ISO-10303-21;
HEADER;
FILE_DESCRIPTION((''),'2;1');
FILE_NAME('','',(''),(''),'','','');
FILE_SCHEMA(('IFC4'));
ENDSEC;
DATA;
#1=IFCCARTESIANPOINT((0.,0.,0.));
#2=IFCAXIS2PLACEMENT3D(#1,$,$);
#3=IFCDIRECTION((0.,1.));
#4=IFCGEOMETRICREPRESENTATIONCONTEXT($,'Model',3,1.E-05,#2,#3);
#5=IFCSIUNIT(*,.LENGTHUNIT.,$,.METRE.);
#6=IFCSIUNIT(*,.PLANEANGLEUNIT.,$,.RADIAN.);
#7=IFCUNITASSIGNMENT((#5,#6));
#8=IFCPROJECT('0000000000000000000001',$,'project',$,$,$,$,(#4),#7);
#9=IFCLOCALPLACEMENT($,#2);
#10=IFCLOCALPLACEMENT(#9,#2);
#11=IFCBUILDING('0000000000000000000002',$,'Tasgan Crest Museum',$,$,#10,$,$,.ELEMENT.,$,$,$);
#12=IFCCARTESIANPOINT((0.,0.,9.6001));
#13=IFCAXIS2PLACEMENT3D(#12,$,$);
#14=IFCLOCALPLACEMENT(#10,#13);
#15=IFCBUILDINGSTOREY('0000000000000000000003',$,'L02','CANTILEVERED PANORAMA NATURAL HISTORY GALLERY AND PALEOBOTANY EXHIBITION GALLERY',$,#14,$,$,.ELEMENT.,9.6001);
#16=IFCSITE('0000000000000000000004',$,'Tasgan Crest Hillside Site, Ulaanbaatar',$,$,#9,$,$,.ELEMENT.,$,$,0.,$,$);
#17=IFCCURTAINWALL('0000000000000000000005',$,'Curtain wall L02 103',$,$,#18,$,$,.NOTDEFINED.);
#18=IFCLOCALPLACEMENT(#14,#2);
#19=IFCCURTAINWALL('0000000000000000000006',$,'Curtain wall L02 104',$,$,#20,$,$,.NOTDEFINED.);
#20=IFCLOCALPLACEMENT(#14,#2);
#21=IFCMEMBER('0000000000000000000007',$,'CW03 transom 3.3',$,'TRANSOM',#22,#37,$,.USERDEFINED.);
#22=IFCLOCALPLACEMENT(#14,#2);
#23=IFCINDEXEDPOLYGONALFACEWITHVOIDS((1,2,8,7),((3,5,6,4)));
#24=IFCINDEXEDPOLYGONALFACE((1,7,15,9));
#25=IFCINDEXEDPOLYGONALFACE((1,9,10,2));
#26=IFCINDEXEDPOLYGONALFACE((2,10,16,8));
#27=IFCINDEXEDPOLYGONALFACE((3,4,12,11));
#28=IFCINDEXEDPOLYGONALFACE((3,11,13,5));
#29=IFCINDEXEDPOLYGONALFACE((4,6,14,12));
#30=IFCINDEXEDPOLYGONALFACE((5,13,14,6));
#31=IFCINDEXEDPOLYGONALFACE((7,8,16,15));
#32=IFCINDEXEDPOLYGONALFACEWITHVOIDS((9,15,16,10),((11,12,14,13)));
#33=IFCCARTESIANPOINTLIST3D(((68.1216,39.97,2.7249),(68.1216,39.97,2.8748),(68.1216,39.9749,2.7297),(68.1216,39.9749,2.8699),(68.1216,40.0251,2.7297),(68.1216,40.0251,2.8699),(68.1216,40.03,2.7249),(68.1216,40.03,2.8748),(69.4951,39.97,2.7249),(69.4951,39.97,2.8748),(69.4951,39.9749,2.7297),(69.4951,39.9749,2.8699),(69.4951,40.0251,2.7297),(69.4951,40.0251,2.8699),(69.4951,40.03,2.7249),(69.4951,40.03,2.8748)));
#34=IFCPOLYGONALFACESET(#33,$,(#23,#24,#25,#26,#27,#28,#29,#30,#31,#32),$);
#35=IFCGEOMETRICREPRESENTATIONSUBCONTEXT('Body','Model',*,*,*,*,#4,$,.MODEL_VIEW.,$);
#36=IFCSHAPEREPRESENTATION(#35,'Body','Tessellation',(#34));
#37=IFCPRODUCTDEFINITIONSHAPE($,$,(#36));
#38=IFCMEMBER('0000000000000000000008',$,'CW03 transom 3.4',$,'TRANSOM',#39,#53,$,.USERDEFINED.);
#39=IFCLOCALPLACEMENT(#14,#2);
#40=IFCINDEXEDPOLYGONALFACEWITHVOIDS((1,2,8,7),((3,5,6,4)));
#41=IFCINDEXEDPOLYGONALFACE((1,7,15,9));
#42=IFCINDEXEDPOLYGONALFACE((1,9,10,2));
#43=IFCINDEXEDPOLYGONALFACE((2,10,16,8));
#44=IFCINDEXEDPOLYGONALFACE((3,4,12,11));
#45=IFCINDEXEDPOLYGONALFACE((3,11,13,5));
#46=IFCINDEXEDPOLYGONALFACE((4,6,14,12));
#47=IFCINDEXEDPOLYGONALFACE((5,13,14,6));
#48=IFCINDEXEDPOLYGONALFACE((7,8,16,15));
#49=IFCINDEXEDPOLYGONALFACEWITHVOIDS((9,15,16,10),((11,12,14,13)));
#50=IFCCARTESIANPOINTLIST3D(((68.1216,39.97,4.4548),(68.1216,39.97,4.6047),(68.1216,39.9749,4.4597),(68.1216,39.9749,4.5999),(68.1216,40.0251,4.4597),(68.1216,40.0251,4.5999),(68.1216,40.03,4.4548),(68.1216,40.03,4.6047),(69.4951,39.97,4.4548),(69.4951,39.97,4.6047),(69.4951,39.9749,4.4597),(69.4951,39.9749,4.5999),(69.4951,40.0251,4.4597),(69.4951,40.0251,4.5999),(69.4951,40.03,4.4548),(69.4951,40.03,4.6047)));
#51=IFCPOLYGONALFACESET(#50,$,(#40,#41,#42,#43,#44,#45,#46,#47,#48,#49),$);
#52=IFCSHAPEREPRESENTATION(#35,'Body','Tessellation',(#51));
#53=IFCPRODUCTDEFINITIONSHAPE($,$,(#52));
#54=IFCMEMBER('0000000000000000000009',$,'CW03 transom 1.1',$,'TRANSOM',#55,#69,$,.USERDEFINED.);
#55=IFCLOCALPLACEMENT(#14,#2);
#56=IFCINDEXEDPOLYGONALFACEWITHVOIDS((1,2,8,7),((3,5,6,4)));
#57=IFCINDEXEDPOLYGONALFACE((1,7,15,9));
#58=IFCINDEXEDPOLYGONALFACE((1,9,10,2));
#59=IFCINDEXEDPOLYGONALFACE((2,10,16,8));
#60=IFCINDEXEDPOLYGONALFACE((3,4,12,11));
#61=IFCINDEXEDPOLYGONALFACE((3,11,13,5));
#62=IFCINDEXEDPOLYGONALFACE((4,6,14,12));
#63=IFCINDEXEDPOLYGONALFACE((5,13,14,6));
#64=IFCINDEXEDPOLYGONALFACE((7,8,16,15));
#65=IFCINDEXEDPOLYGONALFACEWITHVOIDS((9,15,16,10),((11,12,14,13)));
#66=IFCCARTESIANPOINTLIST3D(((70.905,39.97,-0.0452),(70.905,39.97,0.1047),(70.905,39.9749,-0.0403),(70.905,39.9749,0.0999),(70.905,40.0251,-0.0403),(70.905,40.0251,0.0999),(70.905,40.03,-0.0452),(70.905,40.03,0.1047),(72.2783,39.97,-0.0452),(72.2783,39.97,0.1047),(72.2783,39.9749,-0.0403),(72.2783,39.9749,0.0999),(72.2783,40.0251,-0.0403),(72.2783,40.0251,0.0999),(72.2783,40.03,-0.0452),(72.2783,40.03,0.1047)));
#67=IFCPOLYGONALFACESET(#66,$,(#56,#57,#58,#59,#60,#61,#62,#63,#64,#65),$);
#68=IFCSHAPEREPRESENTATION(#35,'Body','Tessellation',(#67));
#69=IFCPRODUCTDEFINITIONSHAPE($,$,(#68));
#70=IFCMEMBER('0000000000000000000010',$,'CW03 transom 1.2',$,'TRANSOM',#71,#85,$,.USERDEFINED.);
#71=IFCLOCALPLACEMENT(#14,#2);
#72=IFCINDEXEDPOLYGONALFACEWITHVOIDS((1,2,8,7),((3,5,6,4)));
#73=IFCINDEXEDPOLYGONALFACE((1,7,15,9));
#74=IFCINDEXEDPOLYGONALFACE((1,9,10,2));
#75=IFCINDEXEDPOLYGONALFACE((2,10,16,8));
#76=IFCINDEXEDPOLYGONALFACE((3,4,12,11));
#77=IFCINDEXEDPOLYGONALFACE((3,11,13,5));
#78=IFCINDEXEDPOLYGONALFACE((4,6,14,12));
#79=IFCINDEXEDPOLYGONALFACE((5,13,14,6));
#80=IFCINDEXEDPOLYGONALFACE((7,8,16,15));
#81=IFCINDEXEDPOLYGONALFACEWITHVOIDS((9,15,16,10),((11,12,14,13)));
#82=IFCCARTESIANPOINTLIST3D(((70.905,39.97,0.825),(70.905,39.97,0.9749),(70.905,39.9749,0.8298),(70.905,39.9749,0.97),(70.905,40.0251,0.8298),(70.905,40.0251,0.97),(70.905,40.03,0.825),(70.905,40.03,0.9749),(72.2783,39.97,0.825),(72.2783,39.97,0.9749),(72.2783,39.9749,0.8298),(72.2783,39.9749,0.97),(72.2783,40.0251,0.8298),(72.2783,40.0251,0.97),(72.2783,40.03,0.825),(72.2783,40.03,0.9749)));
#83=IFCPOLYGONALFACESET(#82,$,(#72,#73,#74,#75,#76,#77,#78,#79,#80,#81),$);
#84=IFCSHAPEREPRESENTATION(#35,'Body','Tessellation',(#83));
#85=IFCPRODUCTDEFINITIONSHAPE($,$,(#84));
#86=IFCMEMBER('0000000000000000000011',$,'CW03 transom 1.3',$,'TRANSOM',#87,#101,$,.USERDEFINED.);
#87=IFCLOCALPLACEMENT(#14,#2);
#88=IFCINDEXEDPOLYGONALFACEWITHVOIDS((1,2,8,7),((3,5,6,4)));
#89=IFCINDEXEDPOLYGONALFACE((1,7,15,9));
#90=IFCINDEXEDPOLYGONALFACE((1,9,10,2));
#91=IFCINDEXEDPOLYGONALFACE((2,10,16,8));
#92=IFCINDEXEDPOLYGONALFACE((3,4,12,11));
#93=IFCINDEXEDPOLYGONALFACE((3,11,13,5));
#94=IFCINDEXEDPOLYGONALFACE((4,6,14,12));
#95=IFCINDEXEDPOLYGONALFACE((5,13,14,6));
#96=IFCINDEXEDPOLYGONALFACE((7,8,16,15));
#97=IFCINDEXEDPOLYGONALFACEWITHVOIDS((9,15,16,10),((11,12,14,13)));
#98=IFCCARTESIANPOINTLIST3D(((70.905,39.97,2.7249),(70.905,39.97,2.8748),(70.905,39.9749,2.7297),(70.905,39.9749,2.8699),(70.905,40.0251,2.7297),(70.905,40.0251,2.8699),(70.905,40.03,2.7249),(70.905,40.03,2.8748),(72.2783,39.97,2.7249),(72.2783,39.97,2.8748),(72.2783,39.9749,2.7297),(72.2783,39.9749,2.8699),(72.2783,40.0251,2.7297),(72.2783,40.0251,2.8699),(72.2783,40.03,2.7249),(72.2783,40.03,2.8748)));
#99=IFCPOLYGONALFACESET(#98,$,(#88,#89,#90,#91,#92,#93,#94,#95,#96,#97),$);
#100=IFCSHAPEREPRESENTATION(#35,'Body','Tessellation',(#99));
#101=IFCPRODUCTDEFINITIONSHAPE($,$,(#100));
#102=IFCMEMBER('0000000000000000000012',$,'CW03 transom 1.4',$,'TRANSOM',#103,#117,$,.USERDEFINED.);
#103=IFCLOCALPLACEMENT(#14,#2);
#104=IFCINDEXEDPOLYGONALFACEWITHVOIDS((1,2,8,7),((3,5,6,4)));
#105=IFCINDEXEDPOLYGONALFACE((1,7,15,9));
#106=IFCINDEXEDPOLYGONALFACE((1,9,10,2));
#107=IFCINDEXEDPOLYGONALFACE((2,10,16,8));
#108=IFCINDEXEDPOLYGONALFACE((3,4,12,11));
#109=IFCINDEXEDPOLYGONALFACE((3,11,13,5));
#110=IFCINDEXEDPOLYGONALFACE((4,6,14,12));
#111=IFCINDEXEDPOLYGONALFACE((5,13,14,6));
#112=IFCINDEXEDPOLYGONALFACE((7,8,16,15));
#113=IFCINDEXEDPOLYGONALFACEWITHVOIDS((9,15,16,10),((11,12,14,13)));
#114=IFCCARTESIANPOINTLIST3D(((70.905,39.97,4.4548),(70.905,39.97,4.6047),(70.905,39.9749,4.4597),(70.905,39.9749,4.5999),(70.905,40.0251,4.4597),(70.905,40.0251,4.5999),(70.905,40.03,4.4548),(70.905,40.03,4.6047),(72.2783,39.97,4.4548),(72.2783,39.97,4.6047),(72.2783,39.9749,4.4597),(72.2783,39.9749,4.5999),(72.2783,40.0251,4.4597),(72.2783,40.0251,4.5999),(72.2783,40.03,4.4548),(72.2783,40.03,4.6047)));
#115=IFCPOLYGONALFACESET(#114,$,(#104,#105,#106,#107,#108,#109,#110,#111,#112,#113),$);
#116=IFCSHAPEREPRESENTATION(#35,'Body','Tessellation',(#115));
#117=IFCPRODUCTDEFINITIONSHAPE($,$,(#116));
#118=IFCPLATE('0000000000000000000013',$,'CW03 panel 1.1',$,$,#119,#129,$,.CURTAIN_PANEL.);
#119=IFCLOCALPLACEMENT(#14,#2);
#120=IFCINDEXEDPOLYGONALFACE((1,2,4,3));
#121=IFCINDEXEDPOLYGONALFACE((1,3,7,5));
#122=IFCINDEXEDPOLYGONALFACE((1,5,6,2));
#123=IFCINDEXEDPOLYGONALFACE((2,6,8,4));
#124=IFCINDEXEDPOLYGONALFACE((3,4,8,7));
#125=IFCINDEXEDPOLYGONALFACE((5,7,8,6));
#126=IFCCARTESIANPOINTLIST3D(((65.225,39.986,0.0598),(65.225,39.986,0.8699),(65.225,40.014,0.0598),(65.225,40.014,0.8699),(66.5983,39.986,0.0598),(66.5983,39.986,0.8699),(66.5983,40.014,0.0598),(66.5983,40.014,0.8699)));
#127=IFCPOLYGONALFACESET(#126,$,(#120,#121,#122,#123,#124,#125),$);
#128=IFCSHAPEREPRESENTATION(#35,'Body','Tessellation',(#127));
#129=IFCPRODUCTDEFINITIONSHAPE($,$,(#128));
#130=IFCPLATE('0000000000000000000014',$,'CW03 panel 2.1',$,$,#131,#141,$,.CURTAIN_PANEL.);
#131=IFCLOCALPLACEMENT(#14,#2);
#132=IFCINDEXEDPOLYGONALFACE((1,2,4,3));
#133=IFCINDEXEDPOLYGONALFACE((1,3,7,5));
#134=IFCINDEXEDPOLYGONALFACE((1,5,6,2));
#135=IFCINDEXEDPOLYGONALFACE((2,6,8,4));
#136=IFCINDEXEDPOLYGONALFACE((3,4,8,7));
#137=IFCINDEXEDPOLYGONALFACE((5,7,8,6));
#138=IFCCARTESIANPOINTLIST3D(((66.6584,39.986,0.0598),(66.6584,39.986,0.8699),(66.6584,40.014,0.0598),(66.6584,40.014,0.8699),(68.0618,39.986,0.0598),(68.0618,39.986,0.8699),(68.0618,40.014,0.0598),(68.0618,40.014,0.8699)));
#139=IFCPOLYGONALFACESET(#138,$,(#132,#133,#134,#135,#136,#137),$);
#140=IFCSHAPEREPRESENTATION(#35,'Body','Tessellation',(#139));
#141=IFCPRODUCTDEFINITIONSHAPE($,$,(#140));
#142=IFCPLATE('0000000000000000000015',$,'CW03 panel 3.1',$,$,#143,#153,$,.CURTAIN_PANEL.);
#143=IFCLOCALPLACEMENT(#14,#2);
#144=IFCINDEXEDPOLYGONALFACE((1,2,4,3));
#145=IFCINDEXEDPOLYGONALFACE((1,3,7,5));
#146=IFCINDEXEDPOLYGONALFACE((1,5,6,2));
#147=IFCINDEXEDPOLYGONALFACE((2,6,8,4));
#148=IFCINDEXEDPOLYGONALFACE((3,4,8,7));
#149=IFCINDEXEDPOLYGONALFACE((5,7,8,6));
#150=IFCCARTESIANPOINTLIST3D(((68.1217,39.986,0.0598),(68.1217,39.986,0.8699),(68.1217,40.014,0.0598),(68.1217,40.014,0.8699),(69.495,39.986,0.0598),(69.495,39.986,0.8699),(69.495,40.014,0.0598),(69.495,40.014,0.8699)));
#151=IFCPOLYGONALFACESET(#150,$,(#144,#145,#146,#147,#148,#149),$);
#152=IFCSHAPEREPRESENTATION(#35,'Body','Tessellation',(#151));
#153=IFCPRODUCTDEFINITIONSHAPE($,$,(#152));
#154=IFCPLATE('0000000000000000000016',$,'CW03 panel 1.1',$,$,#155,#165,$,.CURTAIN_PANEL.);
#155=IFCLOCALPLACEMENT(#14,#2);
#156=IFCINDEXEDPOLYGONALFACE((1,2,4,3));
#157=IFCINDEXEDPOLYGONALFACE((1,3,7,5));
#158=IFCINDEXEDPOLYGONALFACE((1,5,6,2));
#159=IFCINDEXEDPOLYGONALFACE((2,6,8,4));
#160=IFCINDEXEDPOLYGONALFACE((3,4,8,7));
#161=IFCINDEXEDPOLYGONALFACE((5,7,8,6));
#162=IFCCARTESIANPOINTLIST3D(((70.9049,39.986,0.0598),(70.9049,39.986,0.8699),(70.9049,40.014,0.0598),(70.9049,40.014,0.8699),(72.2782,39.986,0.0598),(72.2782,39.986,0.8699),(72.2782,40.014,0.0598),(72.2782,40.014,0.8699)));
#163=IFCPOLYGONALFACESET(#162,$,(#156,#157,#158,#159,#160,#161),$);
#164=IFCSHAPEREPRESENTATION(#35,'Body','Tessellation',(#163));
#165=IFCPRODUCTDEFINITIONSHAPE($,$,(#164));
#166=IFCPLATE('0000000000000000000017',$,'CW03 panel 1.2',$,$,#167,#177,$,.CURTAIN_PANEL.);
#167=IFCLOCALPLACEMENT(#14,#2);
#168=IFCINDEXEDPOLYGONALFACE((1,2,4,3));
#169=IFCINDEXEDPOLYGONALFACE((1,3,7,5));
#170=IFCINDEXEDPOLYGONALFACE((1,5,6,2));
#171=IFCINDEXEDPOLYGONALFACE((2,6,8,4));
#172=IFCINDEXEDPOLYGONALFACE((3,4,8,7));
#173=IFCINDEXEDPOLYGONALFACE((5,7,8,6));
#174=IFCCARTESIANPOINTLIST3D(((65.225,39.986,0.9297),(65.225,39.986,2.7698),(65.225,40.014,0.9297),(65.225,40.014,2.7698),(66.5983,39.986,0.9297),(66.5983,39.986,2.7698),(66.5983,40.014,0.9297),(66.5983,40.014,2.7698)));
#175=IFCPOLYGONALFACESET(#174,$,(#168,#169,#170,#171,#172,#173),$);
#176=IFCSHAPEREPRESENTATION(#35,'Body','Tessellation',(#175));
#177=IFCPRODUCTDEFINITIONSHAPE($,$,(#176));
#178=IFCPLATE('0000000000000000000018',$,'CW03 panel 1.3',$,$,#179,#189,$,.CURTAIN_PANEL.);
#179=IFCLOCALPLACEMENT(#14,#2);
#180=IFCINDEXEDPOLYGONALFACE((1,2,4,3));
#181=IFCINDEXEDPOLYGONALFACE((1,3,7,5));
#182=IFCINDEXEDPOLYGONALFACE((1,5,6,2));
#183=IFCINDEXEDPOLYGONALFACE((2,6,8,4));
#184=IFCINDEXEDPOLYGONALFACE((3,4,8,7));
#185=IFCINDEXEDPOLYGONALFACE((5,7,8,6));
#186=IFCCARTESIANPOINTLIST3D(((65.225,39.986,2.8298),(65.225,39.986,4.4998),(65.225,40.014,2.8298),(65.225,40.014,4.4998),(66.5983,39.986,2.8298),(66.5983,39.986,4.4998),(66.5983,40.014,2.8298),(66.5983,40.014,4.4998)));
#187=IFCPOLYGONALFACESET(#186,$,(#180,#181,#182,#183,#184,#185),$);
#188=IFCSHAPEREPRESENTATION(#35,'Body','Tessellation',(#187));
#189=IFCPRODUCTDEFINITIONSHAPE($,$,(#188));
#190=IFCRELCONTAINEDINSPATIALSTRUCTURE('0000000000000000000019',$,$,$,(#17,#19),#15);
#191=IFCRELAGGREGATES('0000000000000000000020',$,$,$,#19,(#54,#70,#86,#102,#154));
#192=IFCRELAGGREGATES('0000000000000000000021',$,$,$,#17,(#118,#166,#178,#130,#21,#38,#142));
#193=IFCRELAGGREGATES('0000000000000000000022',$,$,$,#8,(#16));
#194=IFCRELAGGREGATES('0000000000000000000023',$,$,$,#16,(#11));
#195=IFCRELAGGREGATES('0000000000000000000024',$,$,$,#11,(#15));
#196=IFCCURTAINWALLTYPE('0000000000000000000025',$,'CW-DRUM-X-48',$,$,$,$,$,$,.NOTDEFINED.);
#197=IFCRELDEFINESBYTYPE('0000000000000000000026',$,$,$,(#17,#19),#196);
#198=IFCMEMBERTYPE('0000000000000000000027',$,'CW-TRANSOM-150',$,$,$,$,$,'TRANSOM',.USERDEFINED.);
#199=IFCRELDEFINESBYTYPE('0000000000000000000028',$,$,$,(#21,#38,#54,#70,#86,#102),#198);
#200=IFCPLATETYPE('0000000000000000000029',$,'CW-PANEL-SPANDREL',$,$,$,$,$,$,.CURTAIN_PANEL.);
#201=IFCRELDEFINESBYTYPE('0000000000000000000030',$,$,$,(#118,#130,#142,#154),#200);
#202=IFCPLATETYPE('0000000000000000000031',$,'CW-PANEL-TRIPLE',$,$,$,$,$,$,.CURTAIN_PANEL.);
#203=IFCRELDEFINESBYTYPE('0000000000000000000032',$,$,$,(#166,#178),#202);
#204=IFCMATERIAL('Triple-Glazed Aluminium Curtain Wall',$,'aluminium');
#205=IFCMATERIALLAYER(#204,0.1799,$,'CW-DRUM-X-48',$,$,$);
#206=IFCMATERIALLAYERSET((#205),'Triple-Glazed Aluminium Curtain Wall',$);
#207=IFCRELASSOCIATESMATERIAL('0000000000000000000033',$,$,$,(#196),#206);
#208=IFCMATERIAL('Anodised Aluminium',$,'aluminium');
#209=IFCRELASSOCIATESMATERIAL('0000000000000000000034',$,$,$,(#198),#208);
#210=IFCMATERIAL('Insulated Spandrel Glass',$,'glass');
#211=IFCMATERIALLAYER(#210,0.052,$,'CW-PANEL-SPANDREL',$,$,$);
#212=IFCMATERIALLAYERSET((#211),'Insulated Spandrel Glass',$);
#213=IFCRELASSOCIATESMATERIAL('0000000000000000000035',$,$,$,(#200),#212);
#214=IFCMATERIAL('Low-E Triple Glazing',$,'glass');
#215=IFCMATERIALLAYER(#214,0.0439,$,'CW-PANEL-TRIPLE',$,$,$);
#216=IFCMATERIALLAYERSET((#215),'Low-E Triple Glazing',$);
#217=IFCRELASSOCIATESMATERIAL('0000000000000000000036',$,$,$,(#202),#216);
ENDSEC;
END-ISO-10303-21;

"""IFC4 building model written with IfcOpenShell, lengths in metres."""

from ifc_helpers import new_model, si_unit, direction, frame, origin, origin_2d, place, context, subcontext, project, spatial, rectangle, hollow_rectangle, extrude, material, layer, layer_set, material_profile, profile_set, type_object, element, aggregate, save


model = new_model("IFC4")

# Units and contexts
model_context = context("Model", 3, precision=1e-05, world=origin(), true_north=direction((0.0, 1.0)))
body_context = subcontext(model_context, "Body", "Model", "MODEL_VIEW")
ifc_project = project(units=[si_unit("LENGTHUNIT", "METRE"), si_unit("PLANEANGLEUNIT", "RADIAN")], contexts=[model_context])

# Site, building, storey
site_placement = place(None, origin())
site = spatial("IfcSite", under=ifc_project, at=site_placement, Name="Tasgan Crest Hillside Site, Ulaanbaatar", CompositionType="ELEMENT", RefElevation=0.0)
building_placement = place(site_placement, origin())
building = spatial("IfcBuilding", under=site, at=building_placement, Name="Tasgan Crest Museum", CompositionType="ELEMENT")
storey_placement = place(building_placement, frame((0.0, 0.0, 9.6001)))
storey = spatial("IfcBuildingStorey", under=building, at=storey_placement, Name="L02", Description="CANTILEVERED PANORAMA NATURAL HISTORY GALLERY AND PALEOBOTANY EXHIBITION GALLERY", CompositionType="ELEMENT", Elevation=9.6001)

# Shared definitions
ifc_material_1 = material(Name="Triple-Glazed Aluminium Curtain Wall", Category="aluminium")
ifc_layer_1 = layer(ifc_material_1, 0.1799, Name="CW-DRUM-X-48")
ifc_layer_set_1 = layer_set([ifc_layer_1], Name="Triple-Glazed Aluminium Curtain Wall")
curtain_wall_type = type_object("IfcCurtainWallType", Name="CW-DRUM-X-48", PredefinedType="NOTDEFINED", material=ifc_layer_set_1)

# Curtain wall
curtain_wall_1_placement = place(storey_placement, origin())
curtain_wall_1 = element("IfcCurtainWall", 1, at=curtain_wall_1_placement, inside=storey, type_object=curtain_wall_type, Name="Curtain wall L02 103", PredefinedType="NOTDEFINED")

# Curtain wall
curtain_wall_2_placement = place(storey_placement, origin())
curtain_wall_2 = element("IfcCurtainWall", 2, at=curtain_wall_2_placement, inside=storey, type_object=curtain_wall_type, Name="Curtain wall L02 104", PredefinedType="NOTDEFINED")

# Members
ifc_material_2 = material(Name="Anodised Aluminium", Category="aluminium")
ifc_material_profile_1 = material_profile(ifc_material_2, hollow_rectangle(XDim=0.0601, YDim=0.1499, WallThickness=0.0049, at=origin_2d()), Name="ALU TRANSOM 150x60x5")
ifc_profile_set_1 = profile_set([ifc_material_profile_1], Name="Anodised Aluminium")
member_type_1 = type_object("IfcMemberType", Name="CW-TRANSOM-150", ElementType="TRANSOM", PredefinedType="USERDEFINED", material=ifc_profile_set_1)
member_1_placement = place(storey_placement, frame((68.1216, 40.0, 2.7998), z_axis=(1.0, 0.0, 0.0), x_axis=(0.0, 1.0, 0.0)))
member_1 = element("IfcMember", 3, at=member_1_placement, type_object=member_type_1, Name="CW03 transom 3.3", ObjectType="TRANSOM", PredefinedType="USERDEFINED", context=body_context, shape_type="SweptSolid", body=[
    extrude(hollow_rectangle(XDim=0.0601, YDim=0.1499, WallThickness=0.0049, at=origin_2d()), origin(), (0.0, 0.0, 1.0), 1.3735),
])
member_2_placement = place(storey_placement, frame((68.1216, 40.0, 4.5298), z_axis=(1.0, 0.0, 0.0), x_axis=(0.0, 1.0, 0.0)))
member_2 = element("IfcMember", 4, at=member_2_placement, type_object=member_type_1, Name="CW03 transom 3.4", ObjectType="TRANSOM", PredefinedType="USERDEFINED", context=body_context, shape_type="SweptSolid", body=[
    extrude(hollow_rectangle(XDim=0.0601, YDim=0.1499, WallThickness=0.0049, at=origin_2d()), origin(), (0.0, 0.0, 1.0), 1.3735),
])
member_3_placement = place(storey_placement, frame((70.905, 40.0, 0.0298), z_axis=(1.0, 0.0, 0.0), x_axis=(0.0, 1.0, 0.0)))
member_3 = element("IfcMember", 5, at=member_3_placement, type_object=member_type_1, Name="CW03 transom 1.1", ObjectType="TRANSOM", PredefinedType="USERDEFINED", context=body_context, shape_type="SweptSolid", body=[
    extrude(hollow_rectangle(XDim=0.0601, YDim=0.1499, WallThickness=0.0049, at=origin_2d()), origin(), (0.0, 0.0, 1.0), 1.3733),
])
member_4_placement = place(storey_placement, frame((70.905, 40.0, 0.8999), z_axis=(1.0, 0.0, 0.0), x_axis=(0.0, 1.0, 0.0)))
member_4 = element("IfcMember", 6, at=member_4_placement, type_object=member_type_1, Name="CW03 transom 1.2", ObjectType="TRANSOM", PredefinedType="USERDEFINED", context=body_context, shape_type="SweptSolid", body=[
    extrude(hollow_rectangle(XDim=0.0601, YDim=0.1499, WallThickness=0.0049, at=origin_2d()), origin(), (0.0, 0.0, 1.0), 1.3733),
])
member_5_placement = place(storey_placement, frame((70.905, 40.0, 2.7998), z_axis=(1.0, 0.0, 0.0), x_axis=(0.0, 1.0, 0.0)))
member_5 = element("IfcMember", 7, at=member_5_placement, type_object=member_type_1, Name="CW03 transom 1.3", ObjectType="TRANSOM", PredefinedType="USERDEFINED", context=body_context, shape_type="SweptSolid", body=[
    extrude(hollow_rectangle(XDim=0.0601, YDim=0.1499, WallThickness=0.0049, at=origin_2d()), origin(), (0.0, 0.0, 1.0), 1.3733),
])
member_6_placement = place(storey_placement, frame((70.905, 40.0, 4.5298), z_axis=(1.0, 0.0, 0.0), x_axis=(0.0, 1.0, 0.0)))
member_6 = element("IfcMember", 8, at=member_6_placement, type_object=member_type_1, Name="CW03 transom 1.4", ObjectType="TRANSOM", PredefinedType="USERDEFINED", context=body_context, shape_type="SweptSolid", body=[
    extrude(hollow_rectangle(XDim=0.0601, YDim=0.1499, WallThickness=0.0049, at=origin_2d()), origin(), (0.0, 0.0, 1.0), 1.3733),
])

# Plates
ifc_material_3 = material(Name="Insulated Spandrel Glass", Category="glass")
ifc_layer_2 = layer(ifc_material_3, 0.052, Name="CW-PANEL-SPANDREL")
ifc_layer_set_2 = layer_set([ifc_layer_2], Name="Insulated Spandrel Glass")
plate_type_1 = type_object("IfcPlateType", Name="CW-PANEL-SPANDREL", PredefinedType="CURTAIN_PANEL", material=ifc_layer_set_2)
plate_1_placement = place(storey_placement, frame((65.9116, 40.0, 0.0598), z_axis=(0.0, 0.0, 1.0), x_axis=(1.0, 0.0, 0.0)))
plate_1 = element("IfcPlate", 9, at=plate_1_placement, type_object=plate_type_1, Name="CW03 panel 1.1", PredefinedType="CURTAIN_PANEL", context=body_context, shape_type="SweptSolid", body=[
    extrude(rectangle(XDim=1.3733, YDim=0.0281, at=origin_2d()), origin(), (0.0, 0.0, 1.0), 0.8101),
])
plate_2_placement = place(storey_placement, frame((67.3601, 40.0, 0.0598), z_axis=(0.0, 0.0, 1.0), x_axis=(1.0, 0.0, 0.0)))
plate_2 = element("IfcPlate", 10, at=plate_2_placement, type_object=plate_type_1, Name="CW03 panel 2.1", PredefinedType="CURTAIN_PANEL", context=body_context, shape_type="SweptSolid", body=[
    extrude(rectangle(XDim=1.4033, YDim=0.0281, at=origin_2d()), origin(), (0.0, 0.0, 1.0), 0.8101),
])
plate_3_placement = place(storey_placement, frame((68.8083, 40.0, 0.0598), z_axis=(0.0, 0.0, 1.0), x_axis=(1.0, 0.0, 0.0)))
plate_3 = element("IfcPlate", 11, at=plate_3_placement, type_object=plate_type_1, Name="CW03 panel 3.1", PredefinedType="CURTAIN_PANEL", context=body_context, shape_type="SweptSolid", body=[
    extrude(rectangle(XDim=1.3733, YDim=0.0281, at=origin_2d()), origin(), (0.0, 0.0, 1.0), 0.8101),
])
plate_4_placement = place(storey_placement, frame((71.5916, 40.0, 0.0598), z_axis=(0.0, 0.0, 1.0), x_axis=(1.0, 0.0, 0.0)))
plate_4 = element("IfcPlate", 12, at=plate_4_placement, type_object=plate_type_1, Name="CW03 panel 1.1", PredefinedType="CURTAIN_PANEL", context=body_context, shape_type="SweptSolid", body=[
    extrude(rectangle(XDim=1.3733, YDim=0.0281, at=origin_2d()), origin(), (0.0, 0.0, 1.0), 0.8101),
])
aggregate(curtain_wall_2, [member_3, member_4, member_5, member_6, plate_4])
ifc_material_4 = material(Name="Low-E Triple Glazing", Category="glass")
ifc_layer_3 = layer(ifc_material_4, 0.0439, Name="CW-PANEL-TRIPLE")
ifc_layer_set_3 = layer_set([ifc_layer_3], Name="Low-E Triple Glazing")
plate_type_2 = type_object("IfcPlateType", Name="CW-PANEL-TRIPLE", PredefinedType="CURTAIN_PANEL", material=ifc_layer_set_3)
plate_5_placement = place(storey_placement, frame((65.9116, 40.0, 0.9297), z_axis=(0.0, 0.0, 1.0), x_axis=(1.0, 0.0, 0.0)))
plate_5 = element("IfcPlate", 13, at=plate_5_placement, type_object=plate_type_2, Name="CW03 panel 1.2", PredefinedType="CURTAIN_PANEL", context=body_context, shape_type="SweptSolid", body=[
    extrude(rectangle(XDim=1.3733, YDim=0.0281, at=origin_2d()), origin(), (0.0, 0.0, 1.0), 1.8401),
])
plate_6_placement = place(storey_placement, frame((65.9116, 40.0, 2.8298), z_axis=(0.0, 0.0, 1.0), x_axis=(1.0, 0.0, 0.0)))
plate_6 = element("IfcPlate", 14, at=plate_6_placement, type_object=plate_type_2, Name="CW03 panel 1.3", PredefinedType="CURTAIN_PANEL", context=body_context, shape_type="SweptSolid", body=[
    extrude(rectangle(XDim=1.3733, YDim=0.0281, at=origin_2d()), origin(), (0.0, 0.0, 1.0), 1.6699),
])
aggregate(curtain_wall_1, [plate_1, plate_5, plate_6, plate_2, member_1, member_2, plate_3])

save(model, "model.ifc")
